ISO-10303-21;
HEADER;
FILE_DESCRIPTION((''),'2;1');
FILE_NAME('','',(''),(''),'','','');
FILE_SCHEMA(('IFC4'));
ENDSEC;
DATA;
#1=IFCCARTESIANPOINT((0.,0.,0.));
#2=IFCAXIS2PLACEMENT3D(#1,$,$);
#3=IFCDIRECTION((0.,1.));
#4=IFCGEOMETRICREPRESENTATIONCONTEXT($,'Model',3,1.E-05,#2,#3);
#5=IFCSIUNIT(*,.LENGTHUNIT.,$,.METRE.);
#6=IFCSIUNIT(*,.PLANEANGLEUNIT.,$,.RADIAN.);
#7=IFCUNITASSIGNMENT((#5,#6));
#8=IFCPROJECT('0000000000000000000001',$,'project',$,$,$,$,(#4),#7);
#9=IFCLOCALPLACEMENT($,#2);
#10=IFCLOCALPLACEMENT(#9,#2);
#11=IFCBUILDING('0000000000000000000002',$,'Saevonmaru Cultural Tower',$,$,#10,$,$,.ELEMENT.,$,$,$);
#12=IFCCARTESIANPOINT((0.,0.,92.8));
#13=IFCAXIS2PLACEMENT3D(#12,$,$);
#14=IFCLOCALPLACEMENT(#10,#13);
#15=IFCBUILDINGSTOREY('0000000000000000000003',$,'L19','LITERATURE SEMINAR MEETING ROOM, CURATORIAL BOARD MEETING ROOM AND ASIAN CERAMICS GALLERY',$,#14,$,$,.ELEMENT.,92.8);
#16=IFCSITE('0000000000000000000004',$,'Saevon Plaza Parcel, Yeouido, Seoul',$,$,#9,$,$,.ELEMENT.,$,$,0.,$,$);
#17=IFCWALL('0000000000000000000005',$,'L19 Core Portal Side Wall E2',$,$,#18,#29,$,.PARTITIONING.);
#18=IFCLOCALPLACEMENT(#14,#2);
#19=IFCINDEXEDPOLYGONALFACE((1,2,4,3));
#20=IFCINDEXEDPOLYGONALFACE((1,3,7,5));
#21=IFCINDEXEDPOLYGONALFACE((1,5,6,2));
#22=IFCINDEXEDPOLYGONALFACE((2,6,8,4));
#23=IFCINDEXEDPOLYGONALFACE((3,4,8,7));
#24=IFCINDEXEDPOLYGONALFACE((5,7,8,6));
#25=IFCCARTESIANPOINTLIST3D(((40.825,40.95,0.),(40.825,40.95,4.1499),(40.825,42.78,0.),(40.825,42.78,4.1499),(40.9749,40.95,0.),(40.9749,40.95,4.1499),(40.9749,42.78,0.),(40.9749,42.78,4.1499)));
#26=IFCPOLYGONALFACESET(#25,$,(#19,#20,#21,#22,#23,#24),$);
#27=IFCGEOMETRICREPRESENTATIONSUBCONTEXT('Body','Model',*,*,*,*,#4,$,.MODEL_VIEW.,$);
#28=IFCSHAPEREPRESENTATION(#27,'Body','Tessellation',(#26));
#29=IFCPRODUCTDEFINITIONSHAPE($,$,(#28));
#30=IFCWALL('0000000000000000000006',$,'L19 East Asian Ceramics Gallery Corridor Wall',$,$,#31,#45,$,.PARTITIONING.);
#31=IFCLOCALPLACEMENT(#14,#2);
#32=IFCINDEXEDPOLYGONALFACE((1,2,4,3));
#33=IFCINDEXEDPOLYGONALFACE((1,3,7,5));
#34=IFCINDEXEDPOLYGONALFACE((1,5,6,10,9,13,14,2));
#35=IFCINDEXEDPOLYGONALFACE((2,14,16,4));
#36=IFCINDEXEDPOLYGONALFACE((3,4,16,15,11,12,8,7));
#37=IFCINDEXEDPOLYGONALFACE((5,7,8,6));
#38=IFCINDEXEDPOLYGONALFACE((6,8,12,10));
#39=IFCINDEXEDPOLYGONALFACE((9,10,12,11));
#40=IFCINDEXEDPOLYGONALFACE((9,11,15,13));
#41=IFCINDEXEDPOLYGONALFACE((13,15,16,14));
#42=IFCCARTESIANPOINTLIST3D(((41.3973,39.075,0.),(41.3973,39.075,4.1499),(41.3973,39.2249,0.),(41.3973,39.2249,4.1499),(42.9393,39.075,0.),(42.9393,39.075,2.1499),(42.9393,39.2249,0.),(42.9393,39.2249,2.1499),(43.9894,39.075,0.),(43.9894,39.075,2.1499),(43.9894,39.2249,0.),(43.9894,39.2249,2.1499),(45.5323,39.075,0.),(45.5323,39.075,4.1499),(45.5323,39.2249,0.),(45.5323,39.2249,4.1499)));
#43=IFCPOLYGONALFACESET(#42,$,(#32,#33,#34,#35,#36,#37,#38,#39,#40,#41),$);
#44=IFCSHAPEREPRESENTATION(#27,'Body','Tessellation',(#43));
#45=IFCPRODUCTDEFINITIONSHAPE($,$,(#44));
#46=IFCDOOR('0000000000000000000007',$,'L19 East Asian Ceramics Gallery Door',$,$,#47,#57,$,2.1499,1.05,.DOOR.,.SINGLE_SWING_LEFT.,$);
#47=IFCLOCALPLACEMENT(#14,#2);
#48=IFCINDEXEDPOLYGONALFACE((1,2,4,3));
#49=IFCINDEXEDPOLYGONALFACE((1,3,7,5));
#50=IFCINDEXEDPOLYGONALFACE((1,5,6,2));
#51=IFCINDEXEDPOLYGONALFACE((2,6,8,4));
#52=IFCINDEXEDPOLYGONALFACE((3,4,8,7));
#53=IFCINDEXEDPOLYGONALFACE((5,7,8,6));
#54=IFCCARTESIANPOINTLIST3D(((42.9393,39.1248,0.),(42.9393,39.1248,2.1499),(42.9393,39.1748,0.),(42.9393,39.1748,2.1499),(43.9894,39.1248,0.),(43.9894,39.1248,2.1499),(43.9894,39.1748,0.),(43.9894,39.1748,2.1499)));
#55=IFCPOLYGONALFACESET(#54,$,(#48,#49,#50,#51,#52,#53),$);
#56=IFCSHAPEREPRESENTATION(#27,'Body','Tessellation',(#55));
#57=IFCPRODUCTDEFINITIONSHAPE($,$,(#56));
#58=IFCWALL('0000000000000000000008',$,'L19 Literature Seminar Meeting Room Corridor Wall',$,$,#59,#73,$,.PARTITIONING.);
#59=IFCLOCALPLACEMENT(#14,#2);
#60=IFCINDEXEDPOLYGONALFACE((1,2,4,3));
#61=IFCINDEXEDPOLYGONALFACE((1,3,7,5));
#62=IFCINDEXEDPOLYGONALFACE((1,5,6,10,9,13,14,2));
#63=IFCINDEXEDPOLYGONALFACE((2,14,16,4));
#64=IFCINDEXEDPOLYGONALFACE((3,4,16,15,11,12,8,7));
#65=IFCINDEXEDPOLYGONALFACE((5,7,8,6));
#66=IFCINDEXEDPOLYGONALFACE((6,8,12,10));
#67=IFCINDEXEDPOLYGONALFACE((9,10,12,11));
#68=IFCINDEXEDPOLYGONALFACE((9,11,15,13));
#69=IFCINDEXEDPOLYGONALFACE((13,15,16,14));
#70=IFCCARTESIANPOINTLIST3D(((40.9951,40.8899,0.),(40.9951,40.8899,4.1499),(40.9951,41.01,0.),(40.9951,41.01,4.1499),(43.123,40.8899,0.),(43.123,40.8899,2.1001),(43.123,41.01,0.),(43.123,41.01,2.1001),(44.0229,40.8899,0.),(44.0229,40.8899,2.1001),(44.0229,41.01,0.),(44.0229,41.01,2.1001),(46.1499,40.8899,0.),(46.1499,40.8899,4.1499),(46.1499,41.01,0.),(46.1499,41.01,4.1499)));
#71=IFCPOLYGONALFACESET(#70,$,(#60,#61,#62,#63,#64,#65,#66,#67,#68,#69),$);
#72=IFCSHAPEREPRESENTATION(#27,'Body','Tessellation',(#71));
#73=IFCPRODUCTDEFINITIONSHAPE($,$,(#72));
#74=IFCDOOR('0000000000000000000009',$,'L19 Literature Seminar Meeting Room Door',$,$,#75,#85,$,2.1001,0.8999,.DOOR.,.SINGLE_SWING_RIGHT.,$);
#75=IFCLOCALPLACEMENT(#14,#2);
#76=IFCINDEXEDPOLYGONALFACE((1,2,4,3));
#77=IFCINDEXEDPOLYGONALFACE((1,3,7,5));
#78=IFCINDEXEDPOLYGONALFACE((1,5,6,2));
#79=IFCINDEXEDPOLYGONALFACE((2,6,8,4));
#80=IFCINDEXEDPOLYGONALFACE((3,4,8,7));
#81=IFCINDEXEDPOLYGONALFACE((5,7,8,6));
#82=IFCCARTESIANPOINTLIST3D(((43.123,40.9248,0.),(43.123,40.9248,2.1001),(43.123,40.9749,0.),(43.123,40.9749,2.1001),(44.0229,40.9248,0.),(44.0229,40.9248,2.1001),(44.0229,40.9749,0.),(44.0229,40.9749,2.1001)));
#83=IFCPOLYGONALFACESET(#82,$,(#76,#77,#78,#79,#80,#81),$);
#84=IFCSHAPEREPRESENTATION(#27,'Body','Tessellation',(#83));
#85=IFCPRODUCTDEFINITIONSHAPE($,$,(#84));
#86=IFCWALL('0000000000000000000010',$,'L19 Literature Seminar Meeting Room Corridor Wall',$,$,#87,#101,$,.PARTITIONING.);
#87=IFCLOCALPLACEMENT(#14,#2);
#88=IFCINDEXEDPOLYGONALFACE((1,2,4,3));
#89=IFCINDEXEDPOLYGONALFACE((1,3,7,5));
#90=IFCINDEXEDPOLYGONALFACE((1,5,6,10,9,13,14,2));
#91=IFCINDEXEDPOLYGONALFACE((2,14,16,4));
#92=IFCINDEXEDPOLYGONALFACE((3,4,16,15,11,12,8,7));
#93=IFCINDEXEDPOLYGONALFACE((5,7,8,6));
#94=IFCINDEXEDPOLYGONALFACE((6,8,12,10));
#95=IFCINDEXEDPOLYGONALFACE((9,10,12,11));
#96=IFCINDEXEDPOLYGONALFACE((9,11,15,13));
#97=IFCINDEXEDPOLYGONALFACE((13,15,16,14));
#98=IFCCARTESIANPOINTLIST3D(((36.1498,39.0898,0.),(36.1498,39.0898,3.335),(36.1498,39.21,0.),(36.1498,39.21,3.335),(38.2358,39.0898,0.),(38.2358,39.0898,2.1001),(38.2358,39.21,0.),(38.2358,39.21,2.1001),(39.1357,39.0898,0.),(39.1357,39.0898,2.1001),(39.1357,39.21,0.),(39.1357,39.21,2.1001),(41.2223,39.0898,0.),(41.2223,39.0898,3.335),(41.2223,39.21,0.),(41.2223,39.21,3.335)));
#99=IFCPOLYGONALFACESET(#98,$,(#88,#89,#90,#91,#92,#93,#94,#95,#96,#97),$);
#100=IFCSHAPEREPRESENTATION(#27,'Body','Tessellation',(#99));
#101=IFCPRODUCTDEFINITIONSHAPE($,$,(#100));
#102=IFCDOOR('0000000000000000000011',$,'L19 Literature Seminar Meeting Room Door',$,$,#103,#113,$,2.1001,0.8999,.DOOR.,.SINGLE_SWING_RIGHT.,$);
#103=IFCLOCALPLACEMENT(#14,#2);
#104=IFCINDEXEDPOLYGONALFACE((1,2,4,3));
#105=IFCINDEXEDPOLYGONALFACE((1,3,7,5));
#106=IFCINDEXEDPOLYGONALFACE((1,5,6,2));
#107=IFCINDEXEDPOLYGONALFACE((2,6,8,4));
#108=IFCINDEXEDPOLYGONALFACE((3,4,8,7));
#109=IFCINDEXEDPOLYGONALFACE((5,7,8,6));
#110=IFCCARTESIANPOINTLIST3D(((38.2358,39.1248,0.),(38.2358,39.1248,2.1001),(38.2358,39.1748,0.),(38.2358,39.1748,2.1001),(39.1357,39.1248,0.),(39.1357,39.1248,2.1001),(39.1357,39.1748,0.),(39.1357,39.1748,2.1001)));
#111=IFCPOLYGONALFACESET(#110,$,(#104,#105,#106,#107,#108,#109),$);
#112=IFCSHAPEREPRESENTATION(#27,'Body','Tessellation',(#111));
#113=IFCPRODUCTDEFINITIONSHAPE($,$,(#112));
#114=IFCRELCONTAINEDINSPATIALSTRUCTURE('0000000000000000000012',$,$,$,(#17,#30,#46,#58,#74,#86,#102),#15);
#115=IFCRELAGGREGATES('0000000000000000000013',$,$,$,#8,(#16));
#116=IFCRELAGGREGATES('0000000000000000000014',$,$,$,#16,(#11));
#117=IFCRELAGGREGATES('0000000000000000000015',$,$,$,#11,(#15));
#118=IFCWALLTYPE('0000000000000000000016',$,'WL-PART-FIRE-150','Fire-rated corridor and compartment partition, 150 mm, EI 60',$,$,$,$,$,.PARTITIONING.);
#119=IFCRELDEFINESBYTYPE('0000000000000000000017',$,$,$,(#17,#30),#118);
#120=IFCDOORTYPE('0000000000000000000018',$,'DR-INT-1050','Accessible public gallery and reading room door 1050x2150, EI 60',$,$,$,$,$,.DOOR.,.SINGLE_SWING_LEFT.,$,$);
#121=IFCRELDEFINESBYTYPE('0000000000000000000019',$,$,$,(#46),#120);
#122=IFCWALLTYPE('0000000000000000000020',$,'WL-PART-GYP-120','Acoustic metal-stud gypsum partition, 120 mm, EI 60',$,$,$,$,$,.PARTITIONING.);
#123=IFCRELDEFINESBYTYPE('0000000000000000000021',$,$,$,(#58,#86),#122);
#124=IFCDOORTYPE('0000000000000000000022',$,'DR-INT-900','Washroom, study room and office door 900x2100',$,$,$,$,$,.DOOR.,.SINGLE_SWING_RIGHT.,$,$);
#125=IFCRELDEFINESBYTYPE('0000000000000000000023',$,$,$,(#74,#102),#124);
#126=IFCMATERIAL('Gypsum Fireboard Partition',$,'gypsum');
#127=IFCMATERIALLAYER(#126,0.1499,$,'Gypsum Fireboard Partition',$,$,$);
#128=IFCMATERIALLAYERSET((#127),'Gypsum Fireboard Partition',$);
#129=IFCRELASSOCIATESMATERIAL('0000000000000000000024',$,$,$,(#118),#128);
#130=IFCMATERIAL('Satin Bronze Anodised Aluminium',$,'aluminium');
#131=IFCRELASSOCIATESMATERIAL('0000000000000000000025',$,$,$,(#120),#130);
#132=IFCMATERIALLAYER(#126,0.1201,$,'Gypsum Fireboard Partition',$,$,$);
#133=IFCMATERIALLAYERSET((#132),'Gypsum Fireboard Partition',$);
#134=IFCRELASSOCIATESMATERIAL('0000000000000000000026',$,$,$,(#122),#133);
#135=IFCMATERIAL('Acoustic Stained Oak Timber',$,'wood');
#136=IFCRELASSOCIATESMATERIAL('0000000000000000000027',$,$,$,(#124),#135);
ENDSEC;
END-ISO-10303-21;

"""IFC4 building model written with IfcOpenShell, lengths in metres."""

from ifc_helpers import new_model, si_unit, direction, frame, frame_2d, origin, place, context, subcontext, project, spatial, rectangle, extrude, material, layer, layer_set, type_object, element, fill, save


model = new_model("IFC4")

# Units and contexts
model_context = context("Model", 3, precision=1e-05, world=origin(), true_north=direction((0.0, 1.0)))
body_context = subcontext(model_context, "Body", "Model", "MODEL_VIEW")
ifc_project = project(units=[si_unit("LENGTHUNIT", "METRE"), si_unit("PLANEANGLEUNIT", "RADIAN")], contexts=[model_context])

# Site, building, storey
site_placement = place(None, origin())
site = spatial("IfcSite", under=ifc_project, at=site_placement, Name="Saevon Plaza Parcel, Yeouido, Seoul", CompositionType="ELEMENT", RefElevation=0.0)
building_placement = place(site_placement, origin())
building = spatial("IfcBuilding", under=site, at=building_placement, Name="Saevonmaru Cultural Tower", CompositionType="ELEMENT")
storey_placement = place(building_placement, frame((0.0, 0.0, 92.8)))
storey = spatial("IfcBuildingStorey", under=building, at=storey_placement, Name="L19", Description="LITERATURE SEMINAR MEETING ROOM, CURATORIAL BOARD MEETING ROOM AND ASIAN CERAMICS GALLERY", CompositionType="ELEMENT", Elevation=92.8)

# Shared definitions
ifc_material_1 = material(Name="Satin Bronze Anodised Aluminium", Category="aluminium")

# Wall
ifc_material_2 = material(Name="Gypsum Fireboard Partition", Category="gypsum")
ifc_layer_1 = layer(ifc_material_2, 0.1499, Name="Gypsum Fireboard Partition")
ifc_layer_set_1 = layer_set([ifc_layer_1], Name="Gypsum Fireboard Partition")
wall_type_1 = type_object("IfcWallType", Name="WL-PART-FIRE-150", Description="Fire-rated corridor and compartment partition, 150 mm, EI 60", PredefinedType="PARTITIONING", material=ifc_layer_set_1)
for number, where, z_axis, x_axis, name in (
    (1, (40.8999, 40.95, 0.0), (0.0, 0.0, 1.0), (0.0, 1.0, 0.0), "L19 Core Portal Side Wall E2"),
):
    element("IfcWall", number, at=place(storey_placement, frame(where, z_axis=z_axis, x_axis=x_axis)), inside=storey, type_object=wall_type_1, Name=name, PredefinedType="PARTITIONING", context=body_context, shape_type="SweptSolid", body=[
        extrude(rectangle(XDim=1.8301, YDim=0.1499, at=frame_2d((0.915, 0.0))), origin(), (0.0, 0.0, 1.0), 4.1499),
    ])

# Walls, openings, doors
wall_1_placement = place(storey_placement, frame((41.3975, 39.1499, 0.0), z_axis=(0.0, 0.0, 1.0), x_axis=(1.0, 0.0, 0.0)))
wall_1 = element("IfcWall", 2, at=wall_1_placement, inside=storey, type_object=wall_type_1, Name="L19 East Asian Ceramics Gallery Corridor Wall", PredefinedType="PARTITIONING", context=body_context, shape_type="SweptSolid", body=[
    extrude(rectangle(XDim=4.135, YDim=0.1499, at=frame_2d((2.0674, 0.0))), origin(), (0.0, 0.0, 1.0), 4.1499),
])
opening_1_placement = place(wall_1_placement, frame((1.542, 0.0, 0.0)))
opening_1 = element("IfcOpeningElement", 3, at=opening_1_placement, cuts=wall_1, PredefinedType="OPENING", context=body_context, shape_type="SweptSolid", body=[
    extrude(rectangle(XDim=1.05, YDim=2.1499, at=frame_2d((0.5249, 1.075))), frame((0.0, 0.085, 0.0), z_axis=(0.0, -1.0, 0.0), x_axis=(1.0, 0.0, 0.0)), (0.0, 0.0, 1.0), 0.1699),
])
door_type_1 = type_object("IfcDoorType", Name="DR-INT-1050", Description="Accessible public gallery and reading room door 1050x2150, EI 60", OperationType="SINGLE_SWING_LEFT", PredefinedType="DOOR", material=ifc_material_1)
door_1_placement = place(opening_1_placement, origin())
door_1 = element("IfcDoor", 4, at=door_1_placement, inside=storey, type_object=door_type_1, Name="L19 East Asian Ceramics Gallery Door", OperationType="SINGLE_SWING_LEFT", OverallHeight=2.1499, OverallWidth=1.05, PredefinedType="DOOR", context=body_context, shape_type="SweptSolid", body=[
    extrude(rectangle(XDim=1.05, YDim=2.1499, at=frame_2d((0.5249, 1.075))), frame((0.0, 0.0249, 0.0), z_axis=(0.0, -1.0, 0.0), x_axis=(1.0, 0.0, 0.0)), (0.0, 0.0, 1.0), 0.05),
])
fill(opening_1, door_1)
ifc_layer_2 = layer(ifc_material_2, 0.1201, Name="Gypsum Fireboard Partition")
ifc_layer_set_2 = layer_set([ifc_layer_2], Name="Gypsum Fireboard Partition")
wall_type_2 = type_object("IfcWallType", Name="WL-PART-GYP-120", Description="Acoustic metal-stud gypsum partition, 120 mm, EI 60", PredefinedType="PARTITIONING", material=ifc_layer_set_2)
wall_2_placement = place(storey_placement, frame((40.9951, 40.95, 0.0), z_axis=(0.0, 0.0, 1.0), x_axis=(1.0, 0.0, 0.0)))
wall_2 = element("IfcWall", 5, at=wall_2_placement, inside=storey, type_object=wall_type_2, Name="L19 Literature Seminar Meeting Room Corridor Wall", PredefinedType="PARTITIONING", context=body_context, shape_type="SweptSolid", body=[
    extrude(rectangle(XDim=5.1548, YDim=0.1201, at=frame_2d((2.5774, 0.0))), origin(), (0.0, 0.0, 1.0), 4.1499),
])
opening_2_placement = place(wall_2_placement, frame((2.1279, 0.0, 0.0)))
opening_2 = element("IfcOpeningElement", 6, at=opening_2_placement, cuts=wall_2, PredefinedType="OPENING", context=body_context, shape_type="SweptSolid", body=[
    extrude(rectangle(XDim=0.8999, YDim=2.1001, at=frame_2d((0.45, 1.05))), frame((0.0, 0.0701, 0.0), z_axis=(0.0, -1.0, 0.0), x_axis=(1.0, 0.0, 0.0)), (0.0, 0.0, 1.0), 0.1401),
])
ifc_material_3 = material(Name="Acoustic Stained Oak Timber", Category="wood")
door_type_2 = type_object("IfcDoorType", Name="DR-INT-900", Description="Washroom, study room and office door 900x2100", OperationType="SINGLE_SWING_RIGHT", PredefinedType="DOOR", material=ifc_material_3)
door_2_placement = place(opening_2_placement, origin())
door_2 = element("IfcDoor", 7, at=door_2_placement, inside=storey, type_object=door_type_2, Name="L19 Literature Seminar Meeting Room Door", OperationType="SINGLE_SWING_RIGHT", OverallHeight=2.1001, OverallWidth=0.8999, PredefinedType="DOOR", context=body_context, shape_type="SweptSolid", body=[
    extrude(rectangle(XDim=0.8999, YDim=2.1001, at=frame_2d((0.45, 1.05))), frame((0.0, 0.0249, 0.0), z_axis=(0.0, -1.0, 0.0), x_axis=(1.0, 0.0, 0.0)), (0.0, 0.0, 1.0), 0.05),
])
fill(opening_2, door_2)
wall_3_placement = place(storey_placement, frame((36.1499, 39.1499, 0.0), z_axis=(0.0, 0.0, 1.0), x_axis=(1.0, 0.0, 0.0)))
wall_3 = element("IfcWall", 8, at=wall_3_placement, inside=storey, type_object=wall_type_2, Name="L19 Literature Seminar Meeting Room Corridor Wall", PredefinedType="PARTITIONING", context=body_context, shape_type="SweptSolid", body=[
    extrude(rectangle(XDim=5.0725, YDim=0.1201, at=frame_2d((2.5361, 0.0))), origin(), (0.0, 0.0, 1.0), 3.335),
])
opening_3_placement = place(wall_3_placement, frame((2.0859, 0.0, 0.0)))
opening_3 = element("IfcOpeningElement", 9, at=opening_3_placement, cuts=wall_3, PredefinedType="OPENING", context=body_context, shape_type="SweptSolid", body=[
    extrude(rectangle(XDim=0.8999, YDim=2.1001, at=frame_2d((0.45, 1.05))), frame((0.0, 0.0701, 0.0), z_axis=(0.0, -1.0, 0.0), x_axis=(1.0, 0.0, 0.0)), (0.0, 0.0, 1.0), 0.1401),
])
door_3_placement = place(opening_3_placement, origin())
door_3 = element("IfcDoor", 10, at=door_3_placement, inside=storey, type_object=door_type_2, Name="L19 Literature Seminar Meeting Room Door", OperationType="SINGLE_SWING_RIGHT", OverallHeight=2.1001, OverallWidth=0.8999, PredefinedType="DOOR", context=body_context, shape_type="SweptSolid", body=[
    extrude(rectangle(XDim=0.8999, YDim=2.1001, at=frame_2d((0.45, 1.05))), frame((0.0, 0.0249, 0.0), z_axis=(0.0, -1.0, 0.0), x_axis=(1.0, 0.0, 0.0)), (0.0, 0.0, 1.0), 0.05),
])
fill(opening_3, door_3)

save(model, "model.ifc")
